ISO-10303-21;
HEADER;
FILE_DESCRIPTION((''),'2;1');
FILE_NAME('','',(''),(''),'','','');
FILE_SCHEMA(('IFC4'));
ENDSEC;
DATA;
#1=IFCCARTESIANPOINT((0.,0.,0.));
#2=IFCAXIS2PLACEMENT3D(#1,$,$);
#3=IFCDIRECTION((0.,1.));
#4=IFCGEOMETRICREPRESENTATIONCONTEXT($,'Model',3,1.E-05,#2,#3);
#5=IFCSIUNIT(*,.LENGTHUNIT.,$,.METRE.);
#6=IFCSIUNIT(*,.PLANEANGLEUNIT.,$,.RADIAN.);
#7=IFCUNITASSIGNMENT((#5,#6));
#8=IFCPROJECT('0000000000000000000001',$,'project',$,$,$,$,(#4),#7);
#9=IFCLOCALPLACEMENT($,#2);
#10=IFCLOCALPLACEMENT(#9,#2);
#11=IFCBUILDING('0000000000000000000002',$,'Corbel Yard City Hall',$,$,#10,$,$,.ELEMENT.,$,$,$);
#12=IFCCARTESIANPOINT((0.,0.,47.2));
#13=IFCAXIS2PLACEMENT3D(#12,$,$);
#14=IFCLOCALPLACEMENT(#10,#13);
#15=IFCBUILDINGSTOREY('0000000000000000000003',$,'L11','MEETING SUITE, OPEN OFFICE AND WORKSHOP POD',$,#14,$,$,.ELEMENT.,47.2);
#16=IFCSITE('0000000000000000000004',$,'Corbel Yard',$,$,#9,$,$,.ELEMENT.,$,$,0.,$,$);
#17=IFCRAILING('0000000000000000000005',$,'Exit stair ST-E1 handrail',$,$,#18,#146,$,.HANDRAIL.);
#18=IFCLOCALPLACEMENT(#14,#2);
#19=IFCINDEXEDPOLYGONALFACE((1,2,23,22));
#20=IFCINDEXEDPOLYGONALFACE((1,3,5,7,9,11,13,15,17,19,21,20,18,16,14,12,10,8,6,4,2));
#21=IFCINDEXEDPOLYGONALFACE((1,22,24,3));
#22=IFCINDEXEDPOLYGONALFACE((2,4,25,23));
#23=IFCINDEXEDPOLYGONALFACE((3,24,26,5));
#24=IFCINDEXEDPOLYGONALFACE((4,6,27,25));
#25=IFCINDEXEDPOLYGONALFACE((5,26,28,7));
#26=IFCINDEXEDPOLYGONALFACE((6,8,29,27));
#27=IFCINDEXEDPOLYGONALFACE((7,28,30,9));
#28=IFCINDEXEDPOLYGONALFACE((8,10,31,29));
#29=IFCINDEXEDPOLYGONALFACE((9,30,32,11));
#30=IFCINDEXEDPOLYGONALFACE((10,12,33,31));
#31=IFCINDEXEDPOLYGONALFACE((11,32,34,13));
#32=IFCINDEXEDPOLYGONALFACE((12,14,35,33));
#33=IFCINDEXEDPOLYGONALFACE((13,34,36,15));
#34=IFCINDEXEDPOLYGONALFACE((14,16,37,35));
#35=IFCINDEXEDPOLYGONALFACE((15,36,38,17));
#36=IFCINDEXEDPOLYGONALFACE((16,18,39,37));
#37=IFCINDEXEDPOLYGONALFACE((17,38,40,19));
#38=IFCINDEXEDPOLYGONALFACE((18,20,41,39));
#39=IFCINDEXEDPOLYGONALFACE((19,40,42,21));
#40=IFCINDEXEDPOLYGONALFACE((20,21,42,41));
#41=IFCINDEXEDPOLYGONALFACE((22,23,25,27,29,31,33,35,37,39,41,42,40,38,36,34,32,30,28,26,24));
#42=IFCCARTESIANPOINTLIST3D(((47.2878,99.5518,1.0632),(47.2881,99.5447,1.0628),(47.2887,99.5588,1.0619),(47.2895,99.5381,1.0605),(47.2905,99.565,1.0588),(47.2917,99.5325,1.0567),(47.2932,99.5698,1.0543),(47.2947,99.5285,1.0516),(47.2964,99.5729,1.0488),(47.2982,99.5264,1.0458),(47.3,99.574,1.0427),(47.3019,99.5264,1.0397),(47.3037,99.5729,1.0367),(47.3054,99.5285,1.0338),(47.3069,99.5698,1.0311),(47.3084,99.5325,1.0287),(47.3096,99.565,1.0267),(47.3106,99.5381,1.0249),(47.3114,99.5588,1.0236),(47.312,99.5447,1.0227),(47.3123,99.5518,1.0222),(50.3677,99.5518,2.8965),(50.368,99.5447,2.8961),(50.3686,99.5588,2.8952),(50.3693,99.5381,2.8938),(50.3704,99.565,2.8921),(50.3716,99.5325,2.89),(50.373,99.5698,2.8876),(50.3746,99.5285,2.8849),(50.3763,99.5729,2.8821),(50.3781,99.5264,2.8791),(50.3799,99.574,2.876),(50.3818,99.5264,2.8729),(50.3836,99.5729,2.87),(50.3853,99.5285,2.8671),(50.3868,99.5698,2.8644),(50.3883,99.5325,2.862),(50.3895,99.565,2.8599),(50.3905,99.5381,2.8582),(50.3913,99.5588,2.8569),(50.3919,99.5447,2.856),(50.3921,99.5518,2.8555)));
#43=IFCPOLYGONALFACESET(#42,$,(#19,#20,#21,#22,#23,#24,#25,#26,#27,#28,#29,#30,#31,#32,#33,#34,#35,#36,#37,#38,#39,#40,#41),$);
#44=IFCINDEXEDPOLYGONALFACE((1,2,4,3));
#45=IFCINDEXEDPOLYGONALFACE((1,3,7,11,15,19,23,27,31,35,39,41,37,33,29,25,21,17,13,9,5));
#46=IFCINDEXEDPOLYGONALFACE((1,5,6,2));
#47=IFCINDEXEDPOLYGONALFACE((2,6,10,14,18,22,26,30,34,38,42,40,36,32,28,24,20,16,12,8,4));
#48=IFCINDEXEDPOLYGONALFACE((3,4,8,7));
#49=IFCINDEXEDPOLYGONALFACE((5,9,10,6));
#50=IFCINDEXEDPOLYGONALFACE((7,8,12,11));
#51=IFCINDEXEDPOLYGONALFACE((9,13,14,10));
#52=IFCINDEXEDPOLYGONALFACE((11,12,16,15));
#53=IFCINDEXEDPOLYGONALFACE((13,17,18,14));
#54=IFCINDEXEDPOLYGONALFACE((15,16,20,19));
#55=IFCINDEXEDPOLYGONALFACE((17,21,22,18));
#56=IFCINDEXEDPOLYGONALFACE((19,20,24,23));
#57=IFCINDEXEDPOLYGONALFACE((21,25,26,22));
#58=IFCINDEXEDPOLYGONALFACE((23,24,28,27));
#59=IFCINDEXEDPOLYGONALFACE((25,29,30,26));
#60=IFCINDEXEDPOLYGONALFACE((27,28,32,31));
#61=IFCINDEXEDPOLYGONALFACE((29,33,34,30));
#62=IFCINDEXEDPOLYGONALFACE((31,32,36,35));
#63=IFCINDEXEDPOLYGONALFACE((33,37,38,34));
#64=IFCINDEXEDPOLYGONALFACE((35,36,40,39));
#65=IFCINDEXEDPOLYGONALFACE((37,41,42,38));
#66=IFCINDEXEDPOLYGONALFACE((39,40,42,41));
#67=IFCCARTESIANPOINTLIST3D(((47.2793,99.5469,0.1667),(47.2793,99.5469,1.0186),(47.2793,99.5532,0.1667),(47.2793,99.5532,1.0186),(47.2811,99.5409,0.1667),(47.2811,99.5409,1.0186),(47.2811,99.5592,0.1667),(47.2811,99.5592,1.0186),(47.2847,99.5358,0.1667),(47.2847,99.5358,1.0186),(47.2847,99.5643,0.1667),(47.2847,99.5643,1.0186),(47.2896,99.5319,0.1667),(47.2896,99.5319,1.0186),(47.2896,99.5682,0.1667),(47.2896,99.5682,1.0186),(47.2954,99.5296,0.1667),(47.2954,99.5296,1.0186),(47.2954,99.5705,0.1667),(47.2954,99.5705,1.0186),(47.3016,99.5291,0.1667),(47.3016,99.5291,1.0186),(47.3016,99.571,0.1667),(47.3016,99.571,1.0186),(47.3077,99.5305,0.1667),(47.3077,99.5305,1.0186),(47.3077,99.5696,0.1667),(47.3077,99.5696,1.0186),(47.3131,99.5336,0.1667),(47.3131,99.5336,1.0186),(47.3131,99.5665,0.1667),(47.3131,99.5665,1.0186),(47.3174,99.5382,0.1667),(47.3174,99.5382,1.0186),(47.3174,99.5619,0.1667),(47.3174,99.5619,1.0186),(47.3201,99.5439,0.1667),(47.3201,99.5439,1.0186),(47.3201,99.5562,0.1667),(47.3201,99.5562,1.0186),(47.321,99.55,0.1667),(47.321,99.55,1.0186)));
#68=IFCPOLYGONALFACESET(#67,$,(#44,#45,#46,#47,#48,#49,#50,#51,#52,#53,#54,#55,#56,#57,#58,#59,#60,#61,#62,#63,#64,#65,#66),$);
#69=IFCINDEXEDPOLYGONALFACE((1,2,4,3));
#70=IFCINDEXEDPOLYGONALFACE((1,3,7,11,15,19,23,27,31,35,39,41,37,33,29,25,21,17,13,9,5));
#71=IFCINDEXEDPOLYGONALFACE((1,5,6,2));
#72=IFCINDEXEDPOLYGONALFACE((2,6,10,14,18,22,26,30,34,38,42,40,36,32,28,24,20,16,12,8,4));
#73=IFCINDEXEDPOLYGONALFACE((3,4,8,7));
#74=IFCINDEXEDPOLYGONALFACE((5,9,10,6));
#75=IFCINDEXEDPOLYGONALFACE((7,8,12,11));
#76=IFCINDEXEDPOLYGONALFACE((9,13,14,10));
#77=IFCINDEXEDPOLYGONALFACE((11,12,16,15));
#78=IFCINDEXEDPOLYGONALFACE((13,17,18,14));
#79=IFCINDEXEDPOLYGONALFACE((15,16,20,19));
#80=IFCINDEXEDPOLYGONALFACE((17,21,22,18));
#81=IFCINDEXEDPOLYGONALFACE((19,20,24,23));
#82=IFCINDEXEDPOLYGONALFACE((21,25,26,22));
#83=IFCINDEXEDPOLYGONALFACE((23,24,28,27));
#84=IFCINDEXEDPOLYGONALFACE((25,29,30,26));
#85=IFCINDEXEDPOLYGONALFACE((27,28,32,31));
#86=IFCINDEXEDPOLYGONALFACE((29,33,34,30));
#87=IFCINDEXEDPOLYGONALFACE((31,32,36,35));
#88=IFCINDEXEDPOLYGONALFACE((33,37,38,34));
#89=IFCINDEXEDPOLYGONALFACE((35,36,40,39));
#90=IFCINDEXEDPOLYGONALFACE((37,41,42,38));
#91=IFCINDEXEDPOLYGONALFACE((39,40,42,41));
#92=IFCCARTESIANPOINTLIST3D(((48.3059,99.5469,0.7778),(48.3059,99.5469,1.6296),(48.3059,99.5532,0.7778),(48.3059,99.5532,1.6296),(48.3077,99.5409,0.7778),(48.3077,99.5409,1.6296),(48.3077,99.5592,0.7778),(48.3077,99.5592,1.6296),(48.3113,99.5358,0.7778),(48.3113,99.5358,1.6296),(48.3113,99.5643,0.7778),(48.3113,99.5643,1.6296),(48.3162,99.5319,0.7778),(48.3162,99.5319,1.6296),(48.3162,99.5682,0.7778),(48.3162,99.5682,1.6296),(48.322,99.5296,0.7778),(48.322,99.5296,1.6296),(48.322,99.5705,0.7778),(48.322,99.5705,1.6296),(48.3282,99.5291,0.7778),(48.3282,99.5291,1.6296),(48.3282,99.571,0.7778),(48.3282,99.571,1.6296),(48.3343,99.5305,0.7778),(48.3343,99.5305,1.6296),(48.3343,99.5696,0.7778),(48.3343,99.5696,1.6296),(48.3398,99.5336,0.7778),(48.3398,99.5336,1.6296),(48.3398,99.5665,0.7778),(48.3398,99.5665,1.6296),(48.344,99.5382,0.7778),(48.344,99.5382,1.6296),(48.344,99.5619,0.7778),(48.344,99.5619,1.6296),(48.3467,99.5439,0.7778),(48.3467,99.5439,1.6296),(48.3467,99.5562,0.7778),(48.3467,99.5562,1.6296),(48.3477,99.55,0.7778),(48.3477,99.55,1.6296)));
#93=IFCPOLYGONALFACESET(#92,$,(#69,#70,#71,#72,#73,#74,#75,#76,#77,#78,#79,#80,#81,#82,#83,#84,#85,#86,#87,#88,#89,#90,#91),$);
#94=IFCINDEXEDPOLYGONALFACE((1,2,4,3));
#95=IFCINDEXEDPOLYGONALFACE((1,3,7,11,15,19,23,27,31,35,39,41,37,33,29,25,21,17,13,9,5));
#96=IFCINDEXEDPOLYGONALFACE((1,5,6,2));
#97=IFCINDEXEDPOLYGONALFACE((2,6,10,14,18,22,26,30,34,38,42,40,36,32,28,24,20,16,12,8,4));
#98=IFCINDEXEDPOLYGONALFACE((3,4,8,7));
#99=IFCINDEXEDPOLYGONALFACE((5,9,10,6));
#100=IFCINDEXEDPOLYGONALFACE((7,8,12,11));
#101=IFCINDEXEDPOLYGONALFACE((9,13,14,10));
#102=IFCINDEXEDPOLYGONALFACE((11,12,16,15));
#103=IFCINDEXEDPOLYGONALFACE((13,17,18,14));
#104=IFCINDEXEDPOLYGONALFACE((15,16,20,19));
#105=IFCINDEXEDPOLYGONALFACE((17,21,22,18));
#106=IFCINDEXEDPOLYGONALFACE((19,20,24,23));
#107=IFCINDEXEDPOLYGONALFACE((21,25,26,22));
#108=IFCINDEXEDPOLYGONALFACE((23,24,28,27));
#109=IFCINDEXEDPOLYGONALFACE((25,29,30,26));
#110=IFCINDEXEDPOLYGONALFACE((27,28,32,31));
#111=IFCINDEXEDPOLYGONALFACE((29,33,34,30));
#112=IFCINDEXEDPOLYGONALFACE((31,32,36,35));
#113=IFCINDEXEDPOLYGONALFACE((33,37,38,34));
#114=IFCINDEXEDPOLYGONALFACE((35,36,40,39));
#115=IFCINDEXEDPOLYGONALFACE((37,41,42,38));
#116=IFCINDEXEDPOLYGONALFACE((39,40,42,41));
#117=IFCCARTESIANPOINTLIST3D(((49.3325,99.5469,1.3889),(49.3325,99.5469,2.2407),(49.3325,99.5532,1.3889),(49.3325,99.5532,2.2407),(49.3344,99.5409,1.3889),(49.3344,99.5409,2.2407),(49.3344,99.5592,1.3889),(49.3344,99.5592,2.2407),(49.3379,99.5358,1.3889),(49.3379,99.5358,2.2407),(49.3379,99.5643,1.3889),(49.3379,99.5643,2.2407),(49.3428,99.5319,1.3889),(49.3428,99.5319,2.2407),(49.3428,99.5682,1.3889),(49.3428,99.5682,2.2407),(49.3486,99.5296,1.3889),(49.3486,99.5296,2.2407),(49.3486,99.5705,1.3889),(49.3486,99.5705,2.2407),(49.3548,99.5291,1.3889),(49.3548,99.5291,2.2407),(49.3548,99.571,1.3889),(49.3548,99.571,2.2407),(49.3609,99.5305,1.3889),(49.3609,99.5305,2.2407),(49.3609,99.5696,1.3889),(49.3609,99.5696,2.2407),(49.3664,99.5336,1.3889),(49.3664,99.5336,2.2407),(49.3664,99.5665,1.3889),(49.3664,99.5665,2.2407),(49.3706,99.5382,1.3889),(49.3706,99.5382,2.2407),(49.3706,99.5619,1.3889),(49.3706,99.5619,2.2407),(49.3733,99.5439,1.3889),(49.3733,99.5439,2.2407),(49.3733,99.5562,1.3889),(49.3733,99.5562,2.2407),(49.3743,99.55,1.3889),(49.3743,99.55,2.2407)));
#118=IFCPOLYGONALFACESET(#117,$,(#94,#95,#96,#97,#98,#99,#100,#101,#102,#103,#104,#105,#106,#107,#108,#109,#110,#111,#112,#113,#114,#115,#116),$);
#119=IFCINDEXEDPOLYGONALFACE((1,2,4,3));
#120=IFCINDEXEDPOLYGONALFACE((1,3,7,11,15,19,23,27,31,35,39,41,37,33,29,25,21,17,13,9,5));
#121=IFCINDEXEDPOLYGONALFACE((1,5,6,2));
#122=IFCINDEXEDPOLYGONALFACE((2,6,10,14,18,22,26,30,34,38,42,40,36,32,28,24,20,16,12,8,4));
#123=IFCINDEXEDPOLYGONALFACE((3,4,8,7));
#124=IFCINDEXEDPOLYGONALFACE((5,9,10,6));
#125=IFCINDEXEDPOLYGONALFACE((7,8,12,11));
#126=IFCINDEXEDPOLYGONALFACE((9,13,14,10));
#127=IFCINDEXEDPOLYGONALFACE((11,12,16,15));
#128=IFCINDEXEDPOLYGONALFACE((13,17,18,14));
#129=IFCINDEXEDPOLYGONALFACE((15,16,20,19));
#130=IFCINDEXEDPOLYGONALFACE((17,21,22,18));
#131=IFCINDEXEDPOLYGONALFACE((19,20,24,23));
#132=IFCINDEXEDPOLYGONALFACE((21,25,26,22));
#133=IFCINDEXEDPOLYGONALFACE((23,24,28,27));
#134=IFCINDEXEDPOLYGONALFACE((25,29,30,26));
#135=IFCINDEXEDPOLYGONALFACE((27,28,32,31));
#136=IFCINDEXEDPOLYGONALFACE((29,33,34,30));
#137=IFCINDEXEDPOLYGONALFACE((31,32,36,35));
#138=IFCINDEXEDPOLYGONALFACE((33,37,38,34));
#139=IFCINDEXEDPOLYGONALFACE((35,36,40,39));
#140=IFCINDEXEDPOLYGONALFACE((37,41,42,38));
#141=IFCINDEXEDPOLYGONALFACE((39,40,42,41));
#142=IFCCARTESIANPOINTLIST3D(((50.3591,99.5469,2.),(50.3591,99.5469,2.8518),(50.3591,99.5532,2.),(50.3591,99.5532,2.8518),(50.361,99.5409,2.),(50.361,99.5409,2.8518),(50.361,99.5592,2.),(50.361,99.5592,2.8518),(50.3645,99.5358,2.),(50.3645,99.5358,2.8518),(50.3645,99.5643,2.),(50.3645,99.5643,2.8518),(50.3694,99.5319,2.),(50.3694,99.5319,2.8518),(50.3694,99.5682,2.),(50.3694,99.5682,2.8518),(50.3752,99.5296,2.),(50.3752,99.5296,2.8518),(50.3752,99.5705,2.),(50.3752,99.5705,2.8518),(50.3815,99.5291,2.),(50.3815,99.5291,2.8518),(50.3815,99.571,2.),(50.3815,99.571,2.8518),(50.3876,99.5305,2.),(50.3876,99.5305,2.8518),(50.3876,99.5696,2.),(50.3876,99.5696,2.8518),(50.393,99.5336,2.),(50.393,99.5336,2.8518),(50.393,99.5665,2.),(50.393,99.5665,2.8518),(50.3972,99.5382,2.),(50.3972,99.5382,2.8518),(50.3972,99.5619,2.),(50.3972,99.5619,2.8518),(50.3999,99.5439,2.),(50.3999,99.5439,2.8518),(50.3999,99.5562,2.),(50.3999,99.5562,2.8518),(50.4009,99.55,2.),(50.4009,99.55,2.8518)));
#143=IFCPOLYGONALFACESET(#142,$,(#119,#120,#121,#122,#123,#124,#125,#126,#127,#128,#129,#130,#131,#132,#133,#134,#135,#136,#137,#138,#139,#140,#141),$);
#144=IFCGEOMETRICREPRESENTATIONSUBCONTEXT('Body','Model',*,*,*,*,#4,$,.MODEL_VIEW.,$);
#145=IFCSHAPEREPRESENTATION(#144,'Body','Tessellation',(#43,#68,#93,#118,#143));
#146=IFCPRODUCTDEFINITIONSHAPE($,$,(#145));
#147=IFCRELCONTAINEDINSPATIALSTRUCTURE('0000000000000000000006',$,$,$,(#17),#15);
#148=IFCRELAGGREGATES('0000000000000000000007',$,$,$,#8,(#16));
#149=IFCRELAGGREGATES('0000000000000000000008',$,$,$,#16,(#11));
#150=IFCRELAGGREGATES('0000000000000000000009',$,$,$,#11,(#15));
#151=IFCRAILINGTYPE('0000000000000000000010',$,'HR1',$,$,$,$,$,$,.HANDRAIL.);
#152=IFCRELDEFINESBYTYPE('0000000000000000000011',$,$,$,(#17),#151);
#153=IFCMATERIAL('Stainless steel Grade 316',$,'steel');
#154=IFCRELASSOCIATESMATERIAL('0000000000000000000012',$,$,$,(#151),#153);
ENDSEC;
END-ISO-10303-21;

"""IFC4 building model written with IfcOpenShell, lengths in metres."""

from ifc_helpers import new_model, si_unit, direction, frame, origin, origin_2d, place, context, subcontext, project, spatial, circle, extrude, material, type_object, element, save


model = new_model("IFC4")

# Units and contexts
model_context = context("Model", 3, precision=1e-05, world=origin(), true_north=direction((0.0, 1.0)))
body_context = subcontext(model_context, "Body", "Model", "MODEL_VIEW")
ifc_project = project(units=[si_unit("LENGTHUNIT", "METRE"), si_unit("PLANEANGLEUNIT", "RADIAN")], contexts=[model_context])

# Site, building, storey
site_placement = place(None, origin())
site = spatial("IfcSite", under=ifc_project, at=site_placement, Name="Corbel Yard", CompositionType="ELEMENT", RefElevation=0.0)
building_placement = place(site_placement, origin())
building = spatial("IfcBuilding", under=site, at=building_placement, Name="Corbel Yard City Hall", CompositionType="ELEMENT")
storey_placement = place(building_placement, frame((0.0, 0.0, 47.2)))
storey = spatial("IfcBuildingStorey", under=building, at=storey_placement, Name="L11", Description="MEETING SUITE, OPEN OFFICE AND WORKSHOP POD", CompositionType="ELEMENT", Elevation=47.2)

# Railing
ifc_material_1 = material(Name="Stainless steel Grade 316", Category="steel")
railing_type = type_object("IfcRailingType", Name="HR1", PredefinedType="HANDRAIL", material=ifc_material_1)
for number, where, name in (
    (1, (47.3, 99.55, 0.1667), "Exit stair ST-E1 handrail"),
):
    element("IfcRailing", number, at=place(storey_placement, frame(where)), inside=storey, type_object=railing_type, Name=name, PredefinedType="HANDRAIL", context=body_context, shape_type="SweptSolid", body=[
        extrude(circle(Radius=0.0239, at=origin_2d()), frame((0.0, 0.0, 0.876), z_axis=(0.859291, 0.0, 0.511487), x_axis=(0.0, 1.0, 0.0)), (0.0, 0.0, 1.0), 3.5842),
        extrude(circle(Radius=0.021, at=origin_2d()), origin(), (0.0, 0.0, 1.0), 0.8518),
        extrude(circle(Radius=0.021, at=origin_2d()), frame((1.0266, 0.0, 0.6111)), (0.0, 0.0, 1.0), 0.8518),
        extrude(circle(Radius=0.021, at=origin_2d()), frame((2.0532, 0.0, 1.2222)), (0.0, 0.0, 1.0), 0.8518),
        extrude(circle(Radius=0.021, at=origin_2d()), frame((3.0798, 0.0, 1.8333)), (0.0, 0.0, 1.0), 0.8518),
    ])

save(model, "model.ifc")
